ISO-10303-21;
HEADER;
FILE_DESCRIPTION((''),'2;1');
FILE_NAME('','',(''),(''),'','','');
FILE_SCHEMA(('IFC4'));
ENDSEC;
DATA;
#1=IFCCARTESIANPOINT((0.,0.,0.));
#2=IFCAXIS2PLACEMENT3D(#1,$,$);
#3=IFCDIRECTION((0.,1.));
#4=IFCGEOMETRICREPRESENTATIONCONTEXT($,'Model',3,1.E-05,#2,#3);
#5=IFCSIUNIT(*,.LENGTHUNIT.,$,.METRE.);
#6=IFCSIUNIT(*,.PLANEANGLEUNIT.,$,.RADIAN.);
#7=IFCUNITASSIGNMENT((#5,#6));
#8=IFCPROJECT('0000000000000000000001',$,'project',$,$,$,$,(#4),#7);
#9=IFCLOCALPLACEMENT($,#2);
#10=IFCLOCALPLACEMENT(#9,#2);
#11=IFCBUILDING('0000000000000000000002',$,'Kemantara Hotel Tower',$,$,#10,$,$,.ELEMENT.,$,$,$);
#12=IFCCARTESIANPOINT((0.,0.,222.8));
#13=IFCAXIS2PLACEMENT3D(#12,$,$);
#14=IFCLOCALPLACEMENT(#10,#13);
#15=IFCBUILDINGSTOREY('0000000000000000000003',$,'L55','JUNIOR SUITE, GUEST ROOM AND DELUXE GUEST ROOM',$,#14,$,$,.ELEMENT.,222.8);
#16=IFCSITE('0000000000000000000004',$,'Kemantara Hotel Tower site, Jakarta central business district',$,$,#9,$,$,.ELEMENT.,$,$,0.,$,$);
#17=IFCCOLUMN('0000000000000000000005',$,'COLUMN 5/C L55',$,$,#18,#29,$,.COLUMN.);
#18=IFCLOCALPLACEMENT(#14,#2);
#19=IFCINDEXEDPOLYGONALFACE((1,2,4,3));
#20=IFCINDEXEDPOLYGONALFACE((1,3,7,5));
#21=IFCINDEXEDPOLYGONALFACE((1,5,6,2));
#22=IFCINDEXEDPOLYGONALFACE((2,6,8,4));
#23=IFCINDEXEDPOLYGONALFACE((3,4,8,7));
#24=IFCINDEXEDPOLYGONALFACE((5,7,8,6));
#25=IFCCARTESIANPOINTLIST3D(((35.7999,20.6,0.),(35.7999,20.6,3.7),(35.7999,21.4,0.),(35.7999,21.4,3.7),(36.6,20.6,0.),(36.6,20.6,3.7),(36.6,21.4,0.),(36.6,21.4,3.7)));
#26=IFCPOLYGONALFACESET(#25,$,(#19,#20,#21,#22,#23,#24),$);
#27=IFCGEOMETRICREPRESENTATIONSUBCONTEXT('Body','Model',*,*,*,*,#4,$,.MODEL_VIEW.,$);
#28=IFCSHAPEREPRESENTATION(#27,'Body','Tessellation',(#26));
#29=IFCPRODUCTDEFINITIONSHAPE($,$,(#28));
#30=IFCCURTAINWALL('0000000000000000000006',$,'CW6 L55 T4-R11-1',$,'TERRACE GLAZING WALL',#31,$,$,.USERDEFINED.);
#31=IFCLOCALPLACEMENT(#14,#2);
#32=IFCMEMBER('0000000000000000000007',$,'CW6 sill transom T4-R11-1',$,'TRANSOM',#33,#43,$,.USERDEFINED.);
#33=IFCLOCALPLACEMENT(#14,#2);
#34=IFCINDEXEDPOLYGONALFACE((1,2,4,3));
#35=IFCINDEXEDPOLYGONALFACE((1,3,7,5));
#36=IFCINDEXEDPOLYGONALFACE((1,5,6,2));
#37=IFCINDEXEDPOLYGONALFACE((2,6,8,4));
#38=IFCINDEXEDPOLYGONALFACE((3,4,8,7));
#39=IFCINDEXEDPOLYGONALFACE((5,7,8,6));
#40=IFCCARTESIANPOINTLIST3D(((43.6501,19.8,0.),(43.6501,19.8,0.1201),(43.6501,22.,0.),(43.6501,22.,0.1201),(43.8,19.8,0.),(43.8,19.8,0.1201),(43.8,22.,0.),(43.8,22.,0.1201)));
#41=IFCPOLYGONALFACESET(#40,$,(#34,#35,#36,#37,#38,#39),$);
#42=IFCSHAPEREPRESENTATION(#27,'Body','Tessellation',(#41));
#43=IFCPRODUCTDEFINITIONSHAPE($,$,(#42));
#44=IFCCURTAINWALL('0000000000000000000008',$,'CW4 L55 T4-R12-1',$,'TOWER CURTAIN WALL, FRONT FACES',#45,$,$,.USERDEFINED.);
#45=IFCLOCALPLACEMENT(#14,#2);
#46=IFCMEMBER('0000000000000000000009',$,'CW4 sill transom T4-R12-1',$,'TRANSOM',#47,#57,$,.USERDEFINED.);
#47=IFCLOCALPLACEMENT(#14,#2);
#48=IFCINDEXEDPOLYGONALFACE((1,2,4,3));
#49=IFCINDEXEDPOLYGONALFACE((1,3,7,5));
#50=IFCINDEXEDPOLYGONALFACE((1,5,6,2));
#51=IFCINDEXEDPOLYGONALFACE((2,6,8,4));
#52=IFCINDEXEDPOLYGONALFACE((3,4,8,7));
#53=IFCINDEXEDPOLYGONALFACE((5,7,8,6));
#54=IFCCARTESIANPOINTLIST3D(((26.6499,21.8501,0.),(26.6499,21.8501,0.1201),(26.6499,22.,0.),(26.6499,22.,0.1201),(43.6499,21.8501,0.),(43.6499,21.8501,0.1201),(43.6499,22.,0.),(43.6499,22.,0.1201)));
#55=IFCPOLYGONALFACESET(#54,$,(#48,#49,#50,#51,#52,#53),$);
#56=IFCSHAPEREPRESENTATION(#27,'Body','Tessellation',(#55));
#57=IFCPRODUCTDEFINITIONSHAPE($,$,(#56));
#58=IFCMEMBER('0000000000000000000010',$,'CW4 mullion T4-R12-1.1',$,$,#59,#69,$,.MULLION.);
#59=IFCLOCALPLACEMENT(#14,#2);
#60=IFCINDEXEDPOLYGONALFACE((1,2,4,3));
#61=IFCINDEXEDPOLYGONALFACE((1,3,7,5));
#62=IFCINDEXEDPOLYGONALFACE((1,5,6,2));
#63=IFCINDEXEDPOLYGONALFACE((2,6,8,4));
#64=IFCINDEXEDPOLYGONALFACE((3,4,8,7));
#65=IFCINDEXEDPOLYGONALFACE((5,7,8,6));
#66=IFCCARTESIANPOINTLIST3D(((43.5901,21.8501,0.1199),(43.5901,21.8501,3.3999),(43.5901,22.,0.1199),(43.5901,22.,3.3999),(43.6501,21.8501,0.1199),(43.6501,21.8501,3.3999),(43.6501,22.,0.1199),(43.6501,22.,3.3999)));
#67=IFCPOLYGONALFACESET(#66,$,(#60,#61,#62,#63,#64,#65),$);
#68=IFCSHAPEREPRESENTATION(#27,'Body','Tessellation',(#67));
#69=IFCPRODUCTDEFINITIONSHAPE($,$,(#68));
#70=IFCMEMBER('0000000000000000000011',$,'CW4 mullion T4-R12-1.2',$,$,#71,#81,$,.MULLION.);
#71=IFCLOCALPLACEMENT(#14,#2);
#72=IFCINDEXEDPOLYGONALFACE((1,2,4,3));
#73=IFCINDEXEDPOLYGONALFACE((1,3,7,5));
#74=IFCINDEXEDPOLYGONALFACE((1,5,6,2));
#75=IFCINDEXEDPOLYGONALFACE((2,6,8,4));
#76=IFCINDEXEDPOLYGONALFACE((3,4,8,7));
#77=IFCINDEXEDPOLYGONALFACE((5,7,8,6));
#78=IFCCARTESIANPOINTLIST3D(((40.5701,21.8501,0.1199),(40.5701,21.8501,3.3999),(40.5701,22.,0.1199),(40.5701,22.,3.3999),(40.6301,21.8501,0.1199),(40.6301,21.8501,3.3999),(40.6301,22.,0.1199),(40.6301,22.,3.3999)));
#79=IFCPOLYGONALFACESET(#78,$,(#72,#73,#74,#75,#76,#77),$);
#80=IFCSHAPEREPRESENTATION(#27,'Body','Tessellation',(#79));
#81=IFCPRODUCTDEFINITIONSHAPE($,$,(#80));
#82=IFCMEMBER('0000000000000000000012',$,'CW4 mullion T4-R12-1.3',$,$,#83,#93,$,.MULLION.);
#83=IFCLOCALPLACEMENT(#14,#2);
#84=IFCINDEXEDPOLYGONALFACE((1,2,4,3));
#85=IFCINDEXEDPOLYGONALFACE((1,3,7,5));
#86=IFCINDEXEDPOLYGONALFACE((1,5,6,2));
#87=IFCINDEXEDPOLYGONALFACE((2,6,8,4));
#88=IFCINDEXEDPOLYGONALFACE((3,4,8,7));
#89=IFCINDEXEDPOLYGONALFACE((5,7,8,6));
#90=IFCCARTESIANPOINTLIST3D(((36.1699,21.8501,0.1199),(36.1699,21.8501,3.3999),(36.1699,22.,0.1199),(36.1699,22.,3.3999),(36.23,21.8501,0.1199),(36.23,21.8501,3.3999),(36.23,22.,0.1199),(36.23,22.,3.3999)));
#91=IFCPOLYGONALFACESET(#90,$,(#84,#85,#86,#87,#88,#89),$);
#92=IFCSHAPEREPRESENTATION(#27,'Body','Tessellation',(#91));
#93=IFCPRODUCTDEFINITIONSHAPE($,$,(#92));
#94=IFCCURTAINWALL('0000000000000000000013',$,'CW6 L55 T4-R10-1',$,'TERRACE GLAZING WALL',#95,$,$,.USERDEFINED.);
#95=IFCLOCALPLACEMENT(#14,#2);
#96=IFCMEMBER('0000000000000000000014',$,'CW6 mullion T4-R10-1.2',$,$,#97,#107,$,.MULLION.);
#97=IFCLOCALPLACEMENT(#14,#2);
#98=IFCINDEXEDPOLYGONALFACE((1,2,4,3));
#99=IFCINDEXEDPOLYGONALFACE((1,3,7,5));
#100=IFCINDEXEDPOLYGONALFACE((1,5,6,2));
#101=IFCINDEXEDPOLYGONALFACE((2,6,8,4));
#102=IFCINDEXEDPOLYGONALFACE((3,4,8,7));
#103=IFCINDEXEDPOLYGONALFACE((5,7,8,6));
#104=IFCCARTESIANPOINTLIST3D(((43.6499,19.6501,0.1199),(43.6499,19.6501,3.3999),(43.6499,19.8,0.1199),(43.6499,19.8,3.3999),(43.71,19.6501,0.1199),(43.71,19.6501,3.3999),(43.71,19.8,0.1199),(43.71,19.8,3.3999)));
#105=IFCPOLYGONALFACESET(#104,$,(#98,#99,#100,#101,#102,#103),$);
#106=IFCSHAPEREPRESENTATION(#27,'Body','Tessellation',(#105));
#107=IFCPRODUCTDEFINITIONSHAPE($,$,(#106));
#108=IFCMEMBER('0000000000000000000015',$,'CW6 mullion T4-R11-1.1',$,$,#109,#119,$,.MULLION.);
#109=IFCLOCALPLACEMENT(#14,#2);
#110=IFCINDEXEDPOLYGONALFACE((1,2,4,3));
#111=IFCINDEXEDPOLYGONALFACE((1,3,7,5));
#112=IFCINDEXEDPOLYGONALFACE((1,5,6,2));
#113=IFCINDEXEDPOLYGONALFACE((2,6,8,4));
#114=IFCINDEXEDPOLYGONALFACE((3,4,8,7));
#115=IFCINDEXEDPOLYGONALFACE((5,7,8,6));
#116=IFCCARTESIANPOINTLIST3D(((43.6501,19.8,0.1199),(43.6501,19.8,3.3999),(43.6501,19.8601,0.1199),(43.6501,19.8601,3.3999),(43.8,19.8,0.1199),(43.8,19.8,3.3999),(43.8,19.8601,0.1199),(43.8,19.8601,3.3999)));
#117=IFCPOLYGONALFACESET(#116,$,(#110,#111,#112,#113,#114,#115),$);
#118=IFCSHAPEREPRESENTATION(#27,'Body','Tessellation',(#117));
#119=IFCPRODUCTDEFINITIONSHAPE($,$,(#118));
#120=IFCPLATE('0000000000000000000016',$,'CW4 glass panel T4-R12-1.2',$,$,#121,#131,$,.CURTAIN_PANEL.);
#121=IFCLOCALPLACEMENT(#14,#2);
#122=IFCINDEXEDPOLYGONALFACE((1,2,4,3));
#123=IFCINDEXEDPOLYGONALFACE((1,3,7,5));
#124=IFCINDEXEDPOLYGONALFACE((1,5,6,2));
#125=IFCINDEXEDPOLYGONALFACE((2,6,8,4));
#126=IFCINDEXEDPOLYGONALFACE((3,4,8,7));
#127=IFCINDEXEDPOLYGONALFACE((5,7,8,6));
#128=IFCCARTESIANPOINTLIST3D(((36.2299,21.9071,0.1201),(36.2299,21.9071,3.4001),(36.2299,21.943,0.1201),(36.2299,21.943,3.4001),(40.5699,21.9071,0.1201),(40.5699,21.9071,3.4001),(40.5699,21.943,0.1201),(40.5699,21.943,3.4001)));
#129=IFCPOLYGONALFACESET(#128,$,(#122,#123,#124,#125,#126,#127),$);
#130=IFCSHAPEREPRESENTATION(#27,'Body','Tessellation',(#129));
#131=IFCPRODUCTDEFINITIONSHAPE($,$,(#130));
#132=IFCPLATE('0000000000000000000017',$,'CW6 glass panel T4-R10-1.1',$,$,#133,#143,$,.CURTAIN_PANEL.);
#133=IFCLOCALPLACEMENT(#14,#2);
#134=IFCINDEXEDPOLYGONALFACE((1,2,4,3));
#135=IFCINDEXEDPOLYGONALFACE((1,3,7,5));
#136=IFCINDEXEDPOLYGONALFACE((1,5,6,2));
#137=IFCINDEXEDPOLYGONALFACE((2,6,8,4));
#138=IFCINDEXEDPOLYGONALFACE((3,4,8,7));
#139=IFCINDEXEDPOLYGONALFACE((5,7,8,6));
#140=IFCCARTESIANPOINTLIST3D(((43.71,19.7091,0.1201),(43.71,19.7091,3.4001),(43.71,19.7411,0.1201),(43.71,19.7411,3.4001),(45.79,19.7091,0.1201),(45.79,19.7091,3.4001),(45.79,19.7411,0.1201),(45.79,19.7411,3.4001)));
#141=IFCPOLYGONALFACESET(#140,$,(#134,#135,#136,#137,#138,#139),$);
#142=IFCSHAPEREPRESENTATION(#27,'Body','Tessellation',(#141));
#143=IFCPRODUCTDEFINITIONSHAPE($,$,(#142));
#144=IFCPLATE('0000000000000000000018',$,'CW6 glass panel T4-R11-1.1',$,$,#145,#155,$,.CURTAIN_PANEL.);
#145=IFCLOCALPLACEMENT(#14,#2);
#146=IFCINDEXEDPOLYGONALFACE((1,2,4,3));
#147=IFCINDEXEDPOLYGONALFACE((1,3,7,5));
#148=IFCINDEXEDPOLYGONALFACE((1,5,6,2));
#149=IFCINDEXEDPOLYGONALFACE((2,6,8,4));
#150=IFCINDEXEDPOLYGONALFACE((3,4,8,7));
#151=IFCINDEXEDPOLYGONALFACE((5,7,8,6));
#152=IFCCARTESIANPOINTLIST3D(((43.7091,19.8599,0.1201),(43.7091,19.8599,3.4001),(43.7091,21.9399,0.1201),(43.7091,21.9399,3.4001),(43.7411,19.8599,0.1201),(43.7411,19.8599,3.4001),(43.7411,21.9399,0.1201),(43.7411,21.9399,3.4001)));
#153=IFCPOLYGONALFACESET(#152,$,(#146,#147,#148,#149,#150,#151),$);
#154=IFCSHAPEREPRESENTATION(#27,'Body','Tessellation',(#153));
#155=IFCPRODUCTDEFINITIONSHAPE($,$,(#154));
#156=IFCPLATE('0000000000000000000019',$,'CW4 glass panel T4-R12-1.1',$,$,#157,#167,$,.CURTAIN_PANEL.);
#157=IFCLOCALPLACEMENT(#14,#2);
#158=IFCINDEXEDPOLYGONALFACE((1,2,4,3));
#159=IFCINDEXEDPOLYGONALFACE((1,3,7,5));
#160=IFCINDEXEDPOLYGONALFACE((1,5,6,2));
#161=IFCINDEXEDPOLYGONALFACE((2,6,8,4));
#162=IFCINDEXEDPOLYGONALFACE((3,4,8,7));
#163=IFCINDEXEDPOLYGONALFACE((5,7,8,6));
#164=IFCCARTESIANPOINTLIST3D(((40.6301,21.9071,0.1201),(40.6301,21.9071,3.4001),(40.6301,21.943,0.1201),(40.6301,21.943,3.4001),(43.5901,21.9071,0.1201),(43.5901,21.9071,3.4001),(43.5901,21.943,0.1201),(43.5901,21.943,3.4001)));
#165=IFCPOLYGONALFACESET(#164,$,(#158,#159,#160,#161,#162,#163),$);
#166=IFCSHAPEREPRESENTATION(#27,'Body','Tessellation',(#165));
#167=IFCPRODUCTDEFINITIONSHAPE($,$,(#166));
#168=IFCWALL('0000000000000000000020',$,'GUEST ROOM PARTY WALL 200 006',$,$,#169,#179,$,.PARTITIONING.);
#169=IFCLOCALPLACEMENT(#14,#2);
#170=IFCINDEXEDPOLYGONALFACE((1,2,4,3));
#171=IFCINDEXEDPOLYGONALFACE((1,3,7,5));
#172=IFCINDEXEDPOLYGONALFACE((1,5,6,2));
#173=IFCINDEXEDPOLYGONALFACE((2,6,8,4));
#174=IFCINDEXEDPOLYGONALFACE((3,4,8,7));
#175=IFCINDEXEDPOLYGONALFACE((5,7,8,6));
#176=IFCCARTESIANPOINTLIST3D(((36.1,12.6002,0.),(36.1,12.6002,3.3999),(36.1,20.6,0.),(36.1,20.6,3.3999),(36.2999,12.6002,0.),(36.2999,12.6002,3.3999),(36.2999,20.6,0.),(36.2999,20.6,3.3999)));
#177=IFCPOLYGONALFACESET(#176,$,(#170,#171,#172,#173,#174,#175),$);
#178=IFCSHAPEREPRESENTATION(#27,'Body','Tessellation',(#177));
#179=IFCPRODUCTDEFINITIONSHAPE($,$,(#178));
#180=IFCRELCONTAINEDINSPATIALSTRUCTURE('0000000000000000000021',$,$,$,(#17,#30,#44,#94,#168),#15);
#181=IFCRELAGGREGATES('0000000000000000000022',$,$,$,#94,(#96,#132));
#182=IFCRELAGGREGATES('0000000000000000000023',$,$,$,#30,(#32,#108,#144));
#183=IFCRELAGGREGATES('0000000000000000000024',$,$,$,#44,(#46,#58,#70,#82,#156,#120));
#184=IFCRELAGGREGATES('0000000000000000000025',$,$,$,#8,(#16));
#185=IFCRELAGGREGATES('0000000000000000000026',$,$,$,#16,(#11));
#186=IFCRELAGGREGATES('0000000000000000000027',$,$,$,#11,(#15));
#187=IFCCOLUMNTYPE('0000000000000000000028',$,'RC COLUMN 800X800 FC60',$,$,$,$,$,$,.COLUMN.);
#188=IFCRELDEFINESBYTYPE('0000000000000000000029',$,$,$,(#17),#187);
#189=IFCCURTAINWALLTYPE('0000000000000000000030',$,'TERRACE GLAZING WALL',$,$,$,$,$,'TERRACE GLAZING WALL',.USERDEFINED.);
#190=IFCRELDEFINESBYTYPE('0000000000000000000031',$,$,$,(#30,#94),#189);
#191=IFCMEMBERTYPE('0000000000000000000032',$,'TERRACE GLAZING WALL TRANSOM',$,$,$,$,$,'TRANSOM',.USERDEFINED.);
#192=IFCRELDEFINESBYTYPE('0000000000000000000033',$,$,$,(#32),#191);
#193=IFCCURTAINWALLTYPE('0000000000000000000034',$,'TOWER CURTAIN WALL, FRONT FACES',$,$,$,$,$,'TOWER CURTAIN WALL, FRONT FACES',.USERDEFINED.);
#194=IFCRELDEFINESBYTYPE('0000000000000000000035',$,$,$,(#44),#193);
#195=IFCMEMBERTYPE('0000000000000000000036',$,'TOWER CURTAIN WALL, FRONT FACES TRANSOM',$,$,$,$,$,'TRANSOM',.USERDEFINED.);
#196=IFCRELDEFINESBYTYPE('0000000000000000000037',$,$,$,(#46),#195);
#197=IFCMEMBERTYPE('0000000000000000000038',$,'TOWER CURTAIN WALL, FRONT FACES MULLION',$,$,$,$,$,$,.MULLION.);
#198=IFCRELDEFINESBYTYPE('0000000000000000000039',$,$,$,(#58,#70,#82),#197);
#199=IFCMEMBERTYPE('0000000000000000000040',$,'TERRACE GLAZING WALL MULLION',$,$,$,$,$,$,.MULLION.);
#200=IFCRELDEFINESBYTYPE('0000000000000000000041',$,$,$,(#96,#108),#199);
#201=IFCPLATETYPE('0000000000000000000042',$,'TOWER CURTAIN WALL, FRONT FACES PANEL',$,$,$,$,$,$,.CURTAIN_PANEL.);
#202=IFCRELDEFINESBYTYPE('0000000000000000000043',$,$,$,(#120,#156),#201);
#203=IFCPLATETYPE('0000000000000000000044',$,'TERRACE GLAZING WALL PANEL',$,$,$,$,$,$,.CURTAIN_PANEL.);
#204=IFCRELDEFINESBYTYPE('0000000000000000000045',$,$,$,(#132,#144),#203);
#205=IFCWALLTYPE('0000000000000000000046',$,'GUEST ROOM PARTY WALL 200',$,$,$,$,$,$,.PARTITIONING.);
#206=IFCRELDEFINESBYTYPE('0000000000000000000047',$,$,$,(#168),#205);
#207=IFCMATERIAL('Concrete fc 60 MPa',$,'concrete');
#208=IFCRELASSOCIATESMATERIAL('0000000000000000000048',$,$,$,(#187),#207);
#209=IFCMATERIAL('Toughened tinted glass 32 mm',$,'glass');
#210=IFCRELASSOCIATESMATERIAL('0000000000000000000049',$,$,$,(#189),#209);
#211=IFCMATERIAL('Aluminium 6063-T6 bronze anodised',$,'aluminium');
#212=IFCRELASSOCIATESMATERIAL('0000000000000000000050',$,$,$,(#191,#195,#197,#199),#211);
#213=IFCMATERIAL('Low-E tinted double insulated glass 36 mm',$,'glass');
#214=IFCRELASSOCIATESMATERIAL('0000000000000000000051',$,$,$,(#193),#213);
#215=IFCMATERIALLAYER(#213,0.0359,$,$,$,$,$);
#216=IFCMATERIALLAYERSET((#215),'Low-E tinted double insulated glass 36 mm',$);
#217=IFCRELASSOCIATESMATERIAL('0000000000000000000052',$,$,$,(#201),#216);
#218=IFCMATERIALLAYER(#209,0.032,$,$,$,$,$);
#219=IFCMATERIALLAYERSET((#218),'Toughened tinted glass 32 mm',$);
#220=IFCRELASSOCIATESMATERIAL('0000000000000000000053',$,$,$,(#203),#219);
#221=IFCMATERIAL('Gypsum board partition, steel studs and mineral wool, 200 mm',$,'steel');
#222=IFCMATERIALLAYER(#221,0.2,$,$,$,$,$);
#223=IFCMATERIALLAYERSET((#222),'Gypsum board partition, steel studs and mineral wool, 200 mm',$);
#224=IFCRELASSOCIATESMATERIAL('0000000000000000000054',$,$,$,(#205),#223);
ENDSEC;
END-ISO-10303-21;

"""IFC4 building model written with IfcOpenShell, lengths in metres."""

from ifc_helpers import new_model, si_unit, direction, frame, frame_2d, origin, origin_2d, place, context, subcontext, project, spatial, rectangle, extrude, source, transform, mapped, material, layer, layer_set, material_profile, profile_set, type_object, element, aggregate, save


model = new_model("IFC4")

# Units and contexts
model_context = context("Model", 3, precision=1e-05, world=origin(), true_north=direction((0.0, 1.0)))
body_context = subcontext(model_context, "Body", "Model", "MODEL_VIEW")
ifc_project = project(units=[si_unit("LENGTHUNIT", "METRE"), si_unit("PLANEANGLEUNIT", "RADIAN")], contexts=[model_context])

# Site, building, storey
site_placement = place(None, origin())
site = spatial("IfcSite", under=ifc_project, at=site_placement, Name="Kemantara Hotel Tower site, Jakarta central business district", CompositionType="ELEMENT", RefElevation=0.0)
building_placement = place(site_placement, origin())
building = spatial("IfcBuilding", under=site, at=building_placement, Name="Kemantara Hotel Tower", CompositionType="ELEMENT")
storey_placement = place(building_placement, frame((0.0, 0.0, 222.8)))
storey = spatial("IfcBuildingStorey", under=building, at=storey_placement, Name="L55", Description="JUNIOR SUITE, GUEST ROOM AND DELUXE GUEST ROOM", CompositionType="ELEMENT", Elevation=222.8)

# Column
ifc_material_1 = material(Name="Concrete fc 60 MPa", Category="concrete")
ifc_material_profile_1 = material_profile(ifc_material_1, rectangle(XDim=0.8, YDim=0.8, at=origin_2d()), Name="RC 800X800")
ifc_profile_set_1 = profile_set([ifc_material_profile_1], Name="Concrete fc 60 MPa")
column_type = type_object("IfcColumnType", Name="RC COLUMN 800X800 FC60", PredefinedType="COLUMN", material=ifc_profile_set_1)
column_placement = place(storey_placement, frame((36.2, 21.0, 0.0), z_axis=(0.0, 0.0, 1.0), x_axis=(1.0, 0.0, 0.0)))
element("IfcColumn", 1, at=column_placement, inside=storey, type_object=column_type, Name="COLUMN 5/C L55", PredefinedType="COLUMN", context=body_context, shape_type="SweptSolid", body=[
    extrude(rectangle(XDim=0.8, YDim=0.8, at=origin_2d()), origin(), (0.0, 0.0, 1.0), 3.7),
])

# Curtain wall, member
ifc_material_2 = material(Name="Toughened tinted glass 32 mm", Category="glass")
curtain_wall_type_1 = type_object("IfcCurtainWallType", Name="TERRACE GLAZING WALL", ElementType="TERRACE GLAZING WALL", PredefinedType="USERDEFINED", material=ifc_material_2)
curtain_wall_1_placement = place(storey_placement, origin())
curtain_wall_1 = element("IfcCurtainWall", 2, at=curtain_wall_1_placement, inside=storey, type_object=curtain_wall_type_1, Name="CW6 L55 T4-R11-1", ObjectType="TERRACE GLAZING WALL", PredefinedType="USERDEFINED")
ifc_material_3 = material(Name="Aluminium 6063-T6 bronze anodised", Category="aluminium")
ifc_material_profile_2 = material_profile(ifc_material_3, rectangle(XDim=0.1499, YDim=0.1201, at=origin_2d()), Name="TERRACE GLAZING WALL TRANSOM")
ifc_profile_set_2 = profile_set([ifc_material_profile_2], Name="Aluminium 6063-T6 bronze anodised")
member_type_1 = type_object("IfcMemberType", Name="TERRACE GLAZING WALL TRANSOM", ElementType="TRANSOM", PredefinedType="USERDEFINED", material=ifc_profile_set_2)
member_1_placement = place(storey_placement, frame((43.7251, 19.8, 0.0601), z_axis=(0.0, 1.0, 0.0), x_axis=(-1.0, 0.0, 0.0)))
member_1 = element("IfcMember", 3, at=member_1_placement, type_object=member_type_1, Name="CW6 sill transom T4-R11-1", ObjectType="TRANSOM", PredefinedType="USERDEFINED", context=body_context, shape_type="SweptSolid", body=[
    extrude(rectangle(XDim=0.1499, YDim=0.1201, at=origin_2d()), origin(), (0.0, 0.0, 1.0), 2.2),
])

# Curtain wall, members
ifc_material_4 = material(Name="Low-E tinted double insulated glass 36 mm", Category="glass")
curtain_wall_type_2 = type_object("IfcCurtainWallType", Name="TOWER CURTAIN WALL, FRONT FACES", ElementType="TOWER CURTAIN WALL, FRONT FACES", PredefinedType="USERDEFINED", material=ifc_material_4)
curtain_wall_2_placement = place(storey_placement, origin())
curtain_wall_2 = element("IfcCurtainWall", 4, at=curtain_wall_2_placement, inside=storey, type_object=curtain_wall_type_2, Name="CW4 L55 T4-R12-1", ObjectType="TOWER CURTAIN WALL, FRONT FACES", PredefinedType="USERDEFINED")
ifc_material_profile_3 = material_profile(ifc_material_3, rectangle(XDim=0.1499, YDim=0.1201, at=origin_2d()), Name="TOWER CURTAIN WALL, FRONT FACES TRANSOM")
ifc_profile_set_3 = profile_set([ifc_material_profile_3], Name="Aluminium 6063-T6 bronze anodised")
member_type_2 = type_object("IfcMemberType", Name="TOWER CURTAIN WALL, FRONT FACES TRANSOM", ElementType="TRANSOM", PredefinedType="USERDEFINED", material=ifc_profile_set_3)
member_2_placement = place(storey_placement, frame((43.6499, 21.925, 0.0601), z_axis=(-1.0, 0.0, 0.0), x_axis=(0.0, -1.0, 0.0)))
member_2 = element("IfcMember", 5, at=member_2_placement, type_object=member_type_2, Name="CW4 sill transom T4-R12-1", ObjectType="TRANSOM", PredefinedType="USERDEFINED", context=body_context, shape_type="SweptSolid", body=[
    extrude(rectangle(XDim=0.1499, YDim=0.1201, at=origin_2d()), origin(), (0.0, 0.0, 1.0), 17.0),
])
ifc_material_profile_4 = material_profile(ifc_material_3, rectangle(XDim=0.1499, YDim=0.0601, at=origin_2d()), Name="TOWER CURTAIN WALL, FRONT FACES MULLION")
ifc_profile_set_4 = profile_set([ifc_material_profile_4], Name="Aluminium 6063-T6 bronze anodised")
member_type_3 = type_object("IfcMemberType", Name="TOWER CURTAIN WALL, FRONT FACES MULLION", PredefinedType="MULLION", material=ifc_profile_set_4)
shared_shape_1 = source(origin(), body_context, "Body", "SweptSolid", [
    extrude(rectangle(XDim=0.1499, YDim=0.0601, at=origin_2d()), origin(), (0.0, 0.0, 1.0), 3.28),
])
member_3_placement = place(storey_placement, frame((43.6201, 21.925, 0.1199), z_axis=(0.0, 0.0, 1.0), x_axis=(0.0, -1.0, 0.0)))
member_3 = element("IfcMember", 6, at=member_3_placement, type_object=member_type_3, Name="CW4 mullion T4-R12-1.1", PredefinedType="MULLION", context=body_context, shape_type="MappedRepresentation", body=[
    mapped(shared_shape_1, transform((0.0, 0.0, 0.0))),
])
member_4_placement = place(storey_placement, frame((40.6001, 21.925, 0.1199), z_axis=(0.0, 0.0, 1.0), x_axis=(0.0, -1.0, 0.0)))
member_4 = element("IfcMember", 7, at=member_4_placement, type_object=member_type_3, Name="CW4 mullion T4-R12-1.2", PredefinedType="MULLION", context=body_context, shape_type="MappedRepresentation", body=[
    mapped(shared_shape_1, transform((0.0, 0.0, 0.0))),
])
member_5_placement = place(storey_placement, frame((36.2, 21.925, 0.1199), z_axis=(0.0, 0.0, 1.0), x_axis=(0.0, -1.0, 0.0)))
member_5 = element("IfcMember", 8, at=member_5_placement, type_object=member_type_3, Name="CW4 mullion T4-R12-1.3", PredefinedType="MULLION", context=body_context, shape_type="MappedRepresentation", body=[
    mapped(shared_shape_1, transform((0.0, 0.0, 0.0))),
])

# Curtain wall, member
curtain_wall_3_placement = place(storey_placement, origin())
curtain_wall_3 = element("IfcCurtainWall", 9, at=curtain_wall_3_placement, inside=storey, type_object=curtain_wall_type_1, Name="CW6 L55 T4-R10-1", ObjectType="TERRACE GLAZING WALL", PredefinedType="USERDEFINED")
ifc_material_profile_5 = material_profile(ifc_material_3, rectangle(XDim=0.1499, YDim=0.0601, at=origin_2d()), Name="TERRACE GLAZING WALL MULLION")
ifc_profile_set_5 = profile_set([ifc_material_profile_5], Name="Aluminium 6063-T6 bronze anodised")
member_type_4 = type_object("IfcMemberType", Name="TERRACE GLAZING WALL MULLION", PredefinedType="MULLION", material=ifc_profile_set_5)
shared_shape_2 = source(origin(), body_context, "Body", "SweptSolid", [
    extrude(rectangle(XDim=0.1499, YDim=0.0601, at=origin_2d()), origin(), (0.0, 0.0, 1.0), 3.28),
])
member_6_placement = place(storey_placement, frame((43.6799, 19.7251, 0.1199), z_axis=(0.0, 0.0, 1.0), x_axis=(0.0, -1.0, 0.0)))
member_6 = element("IfcMember", 10, at=member_6_placement, type_object=member_type_4, Name="CW6 mullion T4-R10-1.2", PredefinedType="MULLION", context=body_context, shape_type="MappedRepresentation", body=[
    mapped(shared_shape_2, transform((0.0, 0.0, 0.0))),
])

# Member
member_7_placement = place(storey_placement, frame((43.7251, 19.8301, 0.1199), z_axis=(0.0, 0.0, 1.0), x_axis=(-1.0, 0.0, 0.0)))
member_7 = element("IfcMember", 11, at=member_7_placement, type_object=member_type_4, Name="CW6 mullion T4-R11-1.1", PredefinedType="MULLION", context=body_context, shape_type="MappedRepresentation", body=[
    mapped(shared_shape_2, transform((0.0, 0.0, 0.0))),
])

# Plates
ifc_layer_1 = layer(ifc_material_4, 0.0359)
ifc_layer_set_1 = layer_set([ifc_layer_1], Name="Low-E tinted double insulated glass 36 mm")
plate_type_1 = type_object("IfcPlateType", Name="TOWER CURTAIN WALL, FRONT FACES PANEL", PredefinedType="CURTAIN_PANEL", material=ifc_layer_set_1)
shared_shape_3 = source(origin(), body_context, "Body", "SweptSolid", [
    extrude(rectangle(XDim=4.3401, YDim=0.0359, at=origin_2d()), origin(), (0.0, 0.0, 1.0), 3.28),
])
plate_1_placement = place(storey_placement, frame((38.3999, 21.925, 0.1201), z_axis=(0.0, 0.0, 1.0), x_axis=(-1.0, 0.0, 0.0)))
plate_1 = element("IfcPlate", 12, at=plate_1_placement, type_object=plate_type_1, Name="CW4 glass panel T4-R12-1.2", PredefinedType="CURTAIN_PANEL", context=body_context, shape_type="MappedRepresentation", body=[
    mapped(shared_shape_3, transform((0.0, 0.0, 0.0))),
])
ifc_layer_2 = layer(ifc_material_2, 0.032)
ifc_layer_set_2 = layer_set([ifc_layer_2], Name="Toughened tinted glass 32 mm")
plate_type_2 = type_object("IfcPlateType", Name="TERRACE GLAZING WALL PANEL", PredefinedType="CURTAIN_PANEL", material=ifc_layer_set_2)
shared_shape_4 = source(origin(), body_context, "Body", "SweptSolid", [
    extrude(rectangle(XDim=2.0801, YDim=0.032, at=origin_2d()), origin(), (0.0, 0.0, 1.0), 3.28),
])
plate_2_placement = place(storey_placement, frame((44.75, 19.7251, 0.1201), z_axis=(0.0, 0.0, 1.0), x_axis=(-1.0, 0.0, 0.0)))
plate_2 = element("IfcPlate", 13, at=plate_2_placement, type_object=plate_type_2, Name="CW6 glass panel T4-R10-1.1", PredefinedType="CURTAIN_PANEL", context=body_context, shape_type="MappedRepresentation", body=[
    mapped(shared_shape_4, transform((0.0, 0.0, 0.0))),
])
aggregate(curtain_wall_3, [member_6, plate_2])
plate_3_placement = place(storey_placement, frame((43.7251, 20.8999, 0.1201), z_axis=(0.0, 0.0, 1.0), x_axis=(0.0, 1.0, 0.0)))
plate_3 = element("IfcPlate", 14, at=plate_3_placement, type_object=plate_type_2, Name="CW6 glass panel T4-R11-1.1", PredefinedType="CURTAIN_PANEL", context=body_context, shape_type="MappedRepresentation", body=[
    mapped(shared_shape_4, transform((0.0, 0.0, 0.0))),
])
aggregate(curtain_wall_1, [member_1, member_7, plate_3])
shared_shape_5 = source(origin(), body_context, "Body", "SweptSolid", [
    extrude(rectangle(XDim=2.96, YDim=0.0359, at=origin_2d()), origin(), (0.0, 0.0, 1.0), 3.28),
])
plate_4_placement = place(storey_placement, frame((42.1101, 21.925, 0.1201), z_axis=(0.0, 0.0, 1.0), x_axis=(-1.0, 0.0, 0.0)))
plate_4 = element("IfcPlate", 15, at=plate_4_placement, type_object=plate_type_1, Name="CW4 glass panel T4-R12-1.1", PredefinedType="CURTAIN_PANEL", context=body_context, shape_type="MappedRepresentation", body=[
    mapped(shared_shape_5, transform((0.0, 0.0, 0.0))),
])
aggregate(curtain_wall_2, [member_2, member_3, member_4, member_5, plate_4, plate_1])

# Wall
ifc_material_5 = material(Name="Gypsum board partition, steel studs and mineral wool, 200 mm", Category="steel")
ifc_layer_3 = layer(ifc_material_5, 0.2)
ifc_layer_set_3 = layer_set([ifc_layer_3], Name="Gypsum board partition, steel studs and mineral wool, 200 mm")
wall_type_1 = type_object("IfcWallType", Name="GUEST ROOM PARTY WALL 200", PredefinedType="PARTITIONING", material=ifc_layer_set_3)
wall_1_placement = place(storey_placement, frame((36.2, 12.6001, 0.0), z_axis=(0.0, 0.0, 1.0), x_axis=(0.0, 1.0, 0.0)))
element("IfcWall", 16, at=wall_1_placement, inside=storey, type_object=wall_type_1, Name="GUEST ROOM PARTY WALL 200 006", PredefinedType="PARTITIONING", context=body_context, shape_type="SweptSolid", body=[
    extrude(rectangle(XDim=7.9998, YDim=0.2, at=frame_2d((4.0, 0.0))), origin(), (0.0, 0.0, 1.0), 3.3999),
])

save(model, "model.ifc")
